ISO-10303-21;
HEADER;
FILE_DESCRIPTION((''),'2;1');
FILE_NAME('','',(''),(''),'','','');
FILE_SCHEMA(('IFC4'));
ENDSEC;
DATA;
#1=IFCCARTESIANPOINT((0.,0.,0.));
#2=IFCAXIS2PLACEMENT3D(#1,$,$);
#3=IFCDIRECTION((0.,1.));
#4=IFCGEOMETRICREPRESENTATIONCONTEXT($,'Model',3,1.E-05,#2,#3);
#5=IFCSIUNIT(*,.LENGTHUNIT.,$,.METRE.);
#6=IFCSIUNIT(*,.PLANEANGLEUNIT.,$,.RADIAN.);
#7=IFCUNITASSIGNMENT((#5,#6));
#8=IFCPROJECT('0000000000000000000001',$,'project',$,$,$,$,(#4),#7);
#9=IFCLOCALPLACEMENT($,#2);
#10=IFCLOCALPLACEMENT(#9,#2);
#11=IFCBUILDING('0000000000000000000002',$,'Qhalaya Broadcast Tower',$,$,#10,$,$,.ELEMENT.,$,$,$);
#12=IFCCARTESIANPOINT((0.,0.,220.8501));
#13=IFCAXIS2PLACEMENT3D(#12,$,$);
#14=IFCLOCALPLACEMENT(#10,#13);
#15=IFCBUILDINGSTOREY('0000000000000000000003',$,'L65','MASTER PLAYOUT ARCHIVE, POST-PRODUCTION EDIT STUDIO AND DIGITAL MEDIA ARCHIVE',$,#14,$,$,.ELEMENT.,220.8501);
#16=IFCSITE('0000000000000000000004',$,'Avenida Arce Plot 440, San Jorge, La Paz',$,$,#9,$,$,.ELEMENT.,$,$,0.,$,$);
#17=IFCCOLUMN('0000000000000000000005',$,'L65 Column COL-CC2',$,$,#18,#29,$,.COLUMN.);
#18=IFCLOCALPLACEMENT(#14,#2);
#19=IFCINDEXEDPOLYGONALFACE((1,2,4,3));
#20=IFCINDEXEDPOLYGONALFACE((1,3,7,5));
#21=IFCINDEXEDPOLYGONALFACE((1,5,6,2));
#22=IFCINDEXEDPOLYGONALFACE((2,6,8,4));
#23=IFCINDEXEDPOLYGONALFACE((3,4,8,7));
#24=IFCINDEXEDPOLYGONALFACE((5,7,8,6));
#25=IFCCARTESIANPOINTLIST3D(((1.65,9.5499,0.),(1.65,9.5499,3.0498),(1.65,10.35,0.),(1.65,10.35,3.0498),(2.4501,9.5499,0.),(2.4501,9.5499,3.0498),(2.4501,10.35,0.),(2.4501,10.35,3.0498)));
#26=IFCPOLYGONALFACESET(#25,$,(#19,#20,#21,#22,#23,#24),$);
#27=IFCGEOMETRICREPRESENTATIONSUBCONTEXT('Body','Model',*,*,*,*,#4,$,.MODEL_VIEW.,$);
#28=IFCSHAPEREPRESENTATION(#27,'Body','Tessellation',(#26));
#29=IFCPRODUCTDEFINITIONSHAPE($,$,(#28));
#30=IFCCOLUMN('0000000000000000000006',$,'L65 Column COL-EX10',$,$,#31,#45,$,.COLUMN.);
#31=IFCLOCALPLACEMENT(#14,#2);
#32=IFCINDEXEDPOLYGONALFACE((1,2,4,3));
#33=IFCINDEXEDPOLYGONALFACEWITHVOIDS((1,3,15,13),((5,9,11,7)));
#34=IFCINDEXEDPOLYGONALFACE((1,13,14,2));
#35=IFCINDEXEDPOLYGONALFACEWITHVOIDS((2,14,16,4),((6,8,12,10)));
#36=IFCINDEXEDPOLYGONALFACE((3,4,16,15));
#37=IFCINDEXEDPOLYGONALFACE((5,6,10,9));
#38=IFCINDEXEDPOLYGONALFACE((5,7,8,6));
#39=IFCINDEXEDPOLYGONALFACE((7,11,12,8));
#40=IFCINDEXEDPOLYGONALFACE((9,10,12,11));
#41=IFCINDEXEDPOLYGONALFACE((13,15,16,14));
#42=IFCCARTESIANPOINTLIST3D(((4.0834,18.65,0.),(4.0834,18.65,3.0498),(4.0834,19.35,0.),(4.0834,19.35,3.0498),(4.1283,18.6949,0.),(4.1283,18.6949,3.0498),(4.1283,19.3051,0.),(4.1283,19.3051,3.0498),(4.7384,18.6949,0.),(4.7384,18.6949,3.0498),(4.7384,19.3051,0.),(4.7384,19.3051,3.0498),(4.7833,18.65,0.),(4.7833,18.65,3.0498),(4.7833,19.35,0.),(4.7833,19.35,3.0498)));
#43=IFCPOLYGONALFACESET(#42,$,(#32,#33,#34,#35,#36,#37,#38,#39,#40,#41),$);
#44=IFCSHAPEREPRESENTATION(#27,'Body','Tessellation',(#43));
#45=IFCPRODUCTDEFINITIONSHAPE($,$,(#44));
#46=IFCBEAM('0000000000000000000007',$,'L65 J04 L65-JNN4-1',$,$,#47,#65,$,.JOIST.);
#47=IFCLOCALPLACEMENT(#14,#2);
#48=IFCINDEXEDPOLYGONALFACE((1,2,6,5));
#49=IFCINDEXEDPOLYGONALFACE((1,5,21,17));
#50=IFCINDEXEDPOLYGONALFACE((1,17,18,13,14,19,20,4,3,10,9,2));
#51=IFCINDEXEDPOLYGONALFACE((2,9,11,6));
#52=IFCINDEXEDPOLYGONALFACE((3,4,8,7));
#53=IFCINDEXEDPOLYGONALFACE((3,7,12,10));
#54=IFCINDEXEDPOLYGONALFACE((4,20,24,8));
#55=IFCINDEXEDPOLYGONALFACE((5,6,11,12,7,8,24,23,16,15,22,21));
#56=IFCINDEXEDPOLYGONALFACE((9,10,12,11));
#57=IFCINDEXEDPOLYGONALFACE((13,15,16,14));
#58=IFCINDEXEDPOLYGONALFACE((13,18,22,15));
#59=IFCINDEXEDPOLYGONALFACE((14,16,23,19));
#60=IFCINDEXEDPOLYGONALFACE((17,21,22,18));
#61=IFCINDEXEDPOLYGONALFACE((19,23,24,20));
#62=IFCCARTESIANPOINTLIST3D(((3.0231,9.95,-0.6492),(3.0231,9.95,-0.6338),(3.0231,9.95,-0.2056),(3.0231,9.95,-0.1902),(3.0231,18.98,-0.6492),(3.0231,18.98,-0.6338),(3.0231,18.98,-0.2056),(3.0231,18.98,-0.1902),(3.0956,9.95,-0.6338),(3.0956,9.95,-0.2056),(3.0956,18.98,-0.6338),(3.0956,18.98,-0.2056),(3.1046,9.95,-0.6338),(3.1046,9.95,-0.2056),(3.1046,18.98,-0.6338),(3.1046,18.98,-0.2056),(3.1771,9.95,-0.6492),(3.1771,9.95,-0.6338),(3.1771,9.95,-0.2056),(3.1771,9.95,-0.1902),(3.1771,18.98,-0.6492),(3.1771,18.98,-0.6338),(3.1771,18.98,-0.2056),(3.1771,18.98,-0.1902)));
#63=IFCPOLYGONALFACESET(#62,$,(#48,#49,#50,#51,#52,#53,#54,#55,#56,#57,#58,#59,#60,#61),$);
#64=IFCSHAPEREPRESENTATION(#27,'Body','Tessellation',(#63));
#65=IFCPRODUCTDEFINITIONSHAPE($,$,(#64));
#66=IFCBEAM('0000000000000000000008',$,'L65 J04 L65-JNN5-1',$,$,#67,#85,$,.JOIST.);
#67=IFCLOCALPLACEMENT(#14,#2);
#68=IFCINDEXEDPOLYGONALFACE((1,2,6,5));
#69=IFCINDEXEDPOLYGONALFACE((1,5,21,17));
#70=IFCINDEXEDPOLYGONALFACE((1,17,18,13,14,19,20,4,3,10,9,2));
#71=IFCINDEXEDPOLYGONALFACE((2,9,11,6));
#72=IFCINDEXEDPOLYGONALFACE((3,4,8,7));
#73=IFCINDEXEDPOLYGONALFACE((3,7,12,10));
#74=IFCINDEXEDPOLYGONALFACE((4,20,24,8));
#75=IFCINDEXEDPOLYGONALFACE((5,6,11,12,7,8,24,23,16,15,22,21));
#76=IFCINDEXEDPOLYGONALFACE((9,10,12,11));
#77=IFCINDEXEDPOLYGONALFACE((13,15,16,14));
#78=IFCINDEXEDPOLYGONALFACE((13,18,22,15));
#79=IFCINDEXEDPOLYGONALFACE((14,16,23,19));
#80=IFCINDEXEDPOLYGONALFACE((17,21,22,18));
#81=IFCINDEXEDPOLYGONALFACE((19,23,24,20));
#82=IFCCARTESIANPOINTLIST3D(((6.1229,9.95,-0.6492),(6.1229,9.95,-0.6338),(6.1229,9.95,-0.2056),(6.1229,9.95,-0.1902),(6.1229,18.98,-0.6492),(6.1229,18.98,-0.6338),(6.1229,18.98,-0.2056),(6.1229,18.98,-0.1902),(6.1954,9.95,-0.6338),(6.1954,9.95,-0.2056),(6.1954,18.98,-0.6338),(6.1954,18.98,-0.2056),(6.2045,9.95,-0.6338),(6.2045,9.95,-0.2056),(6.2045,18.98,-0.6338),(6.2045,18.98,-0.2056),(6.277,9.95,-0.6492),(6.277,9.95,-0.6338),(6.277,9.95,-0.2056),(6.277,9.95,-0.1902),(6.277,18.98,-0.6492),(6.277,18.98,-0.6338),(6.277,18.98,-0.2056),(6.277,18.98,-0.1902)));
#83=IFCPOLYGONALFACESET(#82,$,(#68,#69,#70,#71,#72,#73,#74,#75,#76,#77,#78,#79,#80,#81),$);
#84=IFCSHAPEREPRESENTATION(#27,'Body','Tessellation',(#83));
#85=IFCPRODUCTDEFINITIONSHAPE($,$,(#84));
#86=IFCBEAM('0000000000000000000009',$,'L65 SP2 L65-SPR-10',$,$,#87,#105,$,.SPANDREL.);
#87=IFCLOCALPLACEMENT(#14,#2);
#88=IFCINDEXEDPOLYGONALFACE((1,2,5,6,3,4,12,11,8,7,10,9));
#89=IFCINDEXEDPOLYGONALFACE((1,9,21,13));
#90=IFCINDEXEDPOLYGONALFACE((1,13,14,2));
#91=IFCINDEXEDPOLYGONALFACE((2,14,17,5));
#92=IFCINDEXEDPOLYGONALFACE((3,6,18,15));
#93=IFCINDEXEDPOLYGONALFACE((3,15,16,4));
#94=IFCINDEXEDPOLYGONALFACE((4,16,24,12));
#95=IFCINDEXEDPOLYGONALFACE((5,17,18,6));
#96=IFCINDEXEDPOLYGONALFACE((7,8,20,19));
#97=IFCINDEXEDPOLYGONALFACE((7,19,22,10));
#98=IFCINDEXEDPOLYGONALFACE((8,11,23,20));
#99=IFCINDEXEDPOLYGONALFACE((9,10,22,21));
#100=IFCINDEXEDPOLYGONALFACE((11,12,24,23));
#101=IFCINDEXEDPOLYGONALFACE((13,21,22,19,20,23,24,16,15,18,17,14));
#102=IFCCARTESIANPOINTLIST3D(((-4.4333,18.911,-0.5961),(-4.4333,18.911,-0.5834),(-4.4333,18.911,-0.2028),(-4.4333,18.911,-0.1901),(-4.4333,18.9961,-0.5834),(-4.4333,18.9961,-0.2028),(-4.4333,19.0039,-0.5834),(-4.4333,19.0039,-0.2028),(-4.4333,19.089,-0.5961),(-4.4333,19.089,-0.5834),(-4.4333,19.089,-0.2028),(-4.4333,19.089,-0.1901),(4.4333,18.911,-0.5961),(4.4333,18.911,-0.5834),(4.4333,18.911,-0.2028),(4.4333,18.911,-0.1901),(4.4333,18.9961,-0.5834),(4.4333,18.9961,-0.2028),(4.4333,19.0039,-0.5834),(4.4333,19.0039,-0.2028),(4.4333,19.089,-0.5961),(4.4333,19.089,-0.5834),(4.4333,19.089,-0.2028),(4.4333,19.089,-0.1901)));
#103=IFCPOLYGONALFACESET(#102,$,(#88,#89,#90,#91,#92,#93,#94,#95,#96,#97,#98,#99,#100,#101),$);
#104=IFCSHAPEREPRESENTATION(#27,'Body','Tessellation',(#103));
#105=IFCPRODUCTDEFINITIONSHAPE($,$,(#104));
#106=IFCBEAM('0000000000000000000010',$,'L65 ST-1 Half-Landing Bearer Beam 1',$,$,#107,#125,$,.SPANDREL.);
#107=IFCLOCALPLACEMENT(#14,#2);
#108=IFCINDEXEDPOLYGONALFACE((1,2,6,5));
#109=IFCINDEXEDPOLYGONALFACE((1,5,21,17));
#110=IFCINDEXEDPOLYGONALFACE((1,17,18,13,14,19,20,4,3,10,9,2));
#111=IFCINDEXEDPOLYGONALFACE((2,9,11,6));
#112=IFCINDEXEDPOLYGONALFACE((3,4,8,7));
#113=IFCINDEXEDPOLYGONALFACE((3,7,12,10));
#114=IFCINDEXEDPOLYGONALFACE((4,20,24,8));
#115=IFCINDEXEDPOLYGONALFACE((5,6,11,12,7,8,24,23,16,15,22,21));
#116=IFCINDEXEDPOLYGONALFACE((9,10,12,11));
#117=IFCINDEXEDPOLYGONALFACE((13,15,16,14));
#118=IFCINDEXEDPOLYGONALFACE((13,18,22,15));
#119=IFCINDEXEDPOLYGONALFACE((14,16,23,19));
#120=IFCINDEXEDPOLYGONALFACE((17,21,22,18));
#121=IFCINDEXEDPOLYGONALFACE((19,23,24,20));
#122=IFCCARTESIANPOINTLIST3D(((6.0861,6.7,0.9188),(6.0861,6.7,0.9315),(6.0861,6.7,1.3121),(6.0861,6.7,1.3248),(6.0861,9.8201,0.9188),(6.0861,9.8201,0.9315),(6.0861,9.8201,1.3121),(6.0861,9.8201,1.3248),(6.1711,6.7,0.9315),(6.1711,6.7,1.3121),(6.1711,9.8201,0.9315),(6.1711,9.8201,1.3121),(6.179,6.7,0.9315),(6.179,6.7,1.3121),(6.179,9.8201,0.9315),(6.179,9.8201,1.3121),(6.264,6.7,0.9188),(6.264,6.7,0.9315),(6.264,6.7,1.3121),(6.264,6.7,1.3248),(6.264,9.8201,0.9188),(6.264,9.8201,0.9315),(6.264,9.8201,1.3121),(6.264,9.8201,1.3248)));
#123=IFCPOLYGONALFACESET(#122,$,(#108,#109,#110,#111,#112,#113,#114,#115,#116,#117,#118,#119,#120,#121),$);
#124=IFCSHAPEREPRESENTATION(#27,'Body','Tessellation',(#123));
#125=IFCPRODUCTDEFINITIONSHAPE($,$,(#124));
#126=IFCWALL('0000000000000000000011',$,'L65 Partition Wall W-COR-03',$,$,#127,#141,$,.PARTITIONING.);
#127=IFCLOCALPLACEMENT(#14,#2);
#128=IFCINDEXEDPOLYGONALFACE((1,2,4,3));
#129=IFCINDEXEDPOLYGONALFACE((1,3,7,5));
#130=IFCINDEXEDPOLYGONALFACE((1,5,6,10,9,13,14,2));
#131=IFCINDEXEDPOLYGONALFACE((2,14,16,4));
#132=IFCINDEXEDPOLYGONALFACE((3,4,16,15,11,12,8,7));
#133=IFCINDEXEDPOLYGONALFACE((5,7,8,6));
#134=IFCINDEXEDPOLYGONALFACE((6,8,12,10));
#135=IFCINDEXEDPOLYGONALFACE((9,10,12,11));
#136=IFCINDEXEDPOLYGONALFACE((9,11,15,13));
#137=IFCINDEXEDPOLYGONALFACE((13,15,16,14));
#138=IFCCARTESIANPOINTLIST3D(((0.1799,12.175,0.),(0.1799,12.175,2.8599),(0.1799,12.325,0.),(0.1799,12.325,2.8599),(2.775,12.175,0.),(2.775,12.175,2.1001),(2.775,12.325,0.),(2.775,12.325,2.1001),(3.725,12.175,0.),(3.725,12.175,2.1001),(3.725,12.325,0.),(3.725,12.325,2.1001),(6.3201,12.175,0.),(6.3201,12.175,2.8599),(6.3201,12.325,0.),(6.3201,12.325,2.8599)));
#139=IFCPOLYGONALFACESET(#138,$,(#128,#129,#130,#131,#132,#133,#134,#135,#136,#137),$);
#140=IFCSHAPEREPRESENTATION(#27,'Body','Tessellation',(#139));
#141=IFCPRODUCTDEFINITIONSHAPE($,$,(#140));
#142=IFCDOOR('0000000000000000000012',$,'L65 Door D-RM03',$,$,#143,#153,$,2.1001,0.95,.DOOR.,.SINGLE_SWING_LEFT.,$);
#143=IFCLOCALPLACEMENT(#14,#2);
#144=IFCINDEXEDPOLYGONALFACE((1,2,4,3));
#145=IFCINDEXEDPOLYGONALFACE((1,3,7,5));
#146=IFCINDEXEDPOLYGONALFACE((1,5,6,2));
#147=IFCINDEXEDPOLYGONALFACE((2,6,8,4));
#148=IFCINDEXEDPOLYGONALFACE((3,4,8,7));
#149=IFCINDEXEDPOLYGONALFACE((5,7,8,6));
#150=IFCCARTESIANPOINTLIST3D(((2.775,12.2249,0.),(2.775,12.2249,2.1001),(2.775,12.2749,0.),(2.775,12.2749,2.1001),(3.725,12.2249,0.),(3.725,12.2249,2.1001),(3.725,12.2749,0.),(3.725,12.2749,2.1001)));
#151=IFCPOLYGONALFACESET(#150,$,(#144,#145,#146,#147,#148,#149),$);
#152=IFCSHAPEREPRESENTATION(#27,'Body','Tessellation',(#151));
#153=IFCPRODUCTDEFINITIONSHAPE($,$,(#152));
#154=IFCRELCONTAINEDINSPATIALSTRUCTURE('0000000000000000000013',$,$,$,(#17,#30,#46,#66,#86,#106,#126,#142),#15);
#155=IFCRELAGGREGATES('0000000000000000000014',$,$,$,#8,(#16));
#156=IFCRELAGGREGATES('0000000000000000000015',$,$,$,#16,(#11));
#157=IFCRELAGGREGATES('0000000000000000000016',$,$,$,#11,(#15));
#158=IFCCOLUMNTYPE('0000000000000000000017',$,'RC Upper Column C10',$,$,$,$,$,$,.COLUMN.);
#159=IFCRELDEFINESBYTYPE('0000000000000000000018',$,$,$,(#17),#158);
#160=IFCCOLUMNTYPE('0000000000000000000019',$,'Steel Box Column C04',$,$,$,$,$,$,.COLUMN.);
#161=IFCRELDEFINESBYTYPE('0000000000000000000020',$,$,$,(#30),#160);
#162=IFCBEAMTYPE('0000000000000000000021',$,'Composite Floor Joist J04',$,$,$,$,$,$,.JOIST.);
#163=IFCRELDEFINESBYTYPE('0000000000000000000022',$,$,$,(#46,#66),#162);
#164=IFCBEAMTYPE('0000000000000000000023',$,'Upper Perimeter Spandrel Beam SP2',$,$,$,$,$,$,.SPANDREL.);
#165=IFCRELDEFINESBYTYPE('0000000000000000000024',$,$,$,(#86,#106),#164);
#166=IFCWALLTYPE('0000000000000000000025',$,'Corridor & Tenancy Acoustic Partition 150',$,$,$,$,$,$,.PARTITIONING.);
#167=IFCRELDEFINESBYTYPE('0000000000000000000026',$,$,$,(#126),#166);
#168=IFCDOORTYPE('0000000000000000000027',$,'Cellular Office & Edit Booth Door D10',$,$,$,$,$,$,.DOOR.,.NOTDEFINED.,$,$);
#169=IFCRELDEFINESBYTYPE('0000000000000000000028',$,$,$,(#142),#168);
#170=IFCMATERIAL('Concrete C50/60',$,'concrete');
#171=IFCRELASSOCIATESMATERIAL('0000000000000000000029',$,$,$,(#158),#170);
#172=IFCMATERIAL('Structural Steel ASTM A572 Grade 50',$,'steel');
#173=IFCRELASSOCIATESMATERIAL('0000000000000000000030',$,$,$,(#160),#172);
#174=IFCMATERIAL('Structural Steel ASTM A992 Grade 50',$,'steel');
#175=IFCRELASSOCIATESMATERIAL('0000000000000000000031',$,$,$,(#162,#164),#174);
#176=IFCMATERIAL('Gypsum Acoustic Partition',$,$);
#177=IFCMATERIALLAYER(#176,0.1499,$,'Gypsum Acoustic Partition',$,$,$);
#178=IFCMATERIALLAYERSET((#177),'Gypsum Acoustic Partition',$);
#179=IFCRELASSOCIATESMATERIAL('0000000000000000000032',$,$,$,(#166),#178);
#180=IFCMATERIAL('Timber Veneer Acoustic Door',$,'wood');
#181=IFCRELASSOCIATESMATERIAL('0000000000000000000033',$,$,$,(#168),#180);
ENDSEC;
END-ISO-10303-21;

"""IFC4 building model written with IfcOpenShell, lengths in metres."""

from ifc_helpers import new_model, si_unit, direction, frame, frame_2d, origin, origin_2d, place, context, subcontext, project, spatial, rectangle, hollow_rectangle, i_section, extrude, material, layer, layer_set, material_profile, profile_set, type_object, element, fill, save


model = new_model("IFC4")

# Units and contexts
model_context = context("Model", 3, precision=1e-05, world=origin(), true_north=direction((0.0, 1.0)))
body_context = subcontext(model_context, "Body", "Model", "MODEL_VIEW")
ifc_project = project(units=[si_unit("LENGTHUNIT", "METRE"), si_unit("PLANEANGLEUNIT", "RADIAN")], contexts=[model_context])

# Site, building, storey
site_placement = place(None, origin())
site = spatial("IfcSite", under=ifc_project, at=site_placement, Name="Avenida Arce Plot 440, San Jorge, La Paz", CompositionType="ELEMENT", RefElevation=0.0)
building_placement = place(site_placement, origin())
building = spatial("IfcBuilding", under=site, at=building_placement, Name="Qhalaya Broadcast Tower", CompositionType="ELEMENT")
storey_placement = place(building_placement, frame((0.0, 0.0, 220.8501)))
storey = spatial("IfcBuildingStorey", under=building, at=storey_placement, Name="L65", Description="MASTER PLAYOUT ARCHIVE, POST-PRODUCTION EDIT STUDIO AND DIGITAL MEDIA ARCHIVE", CompositionType="ELEMENT", Elevation=220.8501)

# Columns
ifc_material_1 = material(Name="Concrete C50/60", Category="concrete")
ifc_material_profile_1 = material_profile(ifc_material_1, rectangle(XDim=0.8, YDim=0.8, at=origin_2d()), Name="RC-COL 800x800")
ifc_profile_set_1 = profile_set([ifc_material_profile_1], Name="Concrete C50/60")
column_type_1 = type_object("IfcColumnType", Name="RC Upper Column C10", PredefinedType="COLUMN", material=ifc_profile_set_1)
column_1_placement = place(storey_placement, frame((2.05, 9.95, 0.0), z_axis=(0.0, 0.0, 1.0), x_axis=(1.0, 0.0, 0.0)))
element("IfcColumn", 1, at=column_1_placement, inside=storey, type_object=column_type_1, Name="L65 Column COL-CC2", PredefinedType="COLUMN", context=body_context, shape_type="SweptSolid", body=[
    extrude(rectangle(XDim=0.8, YDim=0.8, at=origin_2d()), origin(), (0.0, 0.0, 1.0), 3.0498),
])
ifc_material_2 = material(Name="Structural Steel ASTM A572 Grade 50", Category="steel")
ifc_material_profile_2 = material_profile(ifc_material_2, hollow_rectangle(XDim=0.7, YDim=0.7, WallThickness=0.0449, at=origin_2d()), Name="BOX 700x700x45")
ifc_profile_set_2 = profile_set([ifc_material_profile_2], Name="Structural Steel ASTM A572 Grade 50")
column_type_2 = type_object("IfcColumnType", Name="Steel Box Column C04", PredefinedType="COLUMN", material=ifc_profile_set_2)
column_2_placement = place(storey_placement, frame((4.4333, 19.0, 0.0), z_axis=(0.0, 0.0, 1.0), x_axis=(1.0, 0.0, 0.0)))
element("IfcColumn", 2, at=column_2_placement, inside=storey, type_object=column_type_2, Name="L65 Column COL-EX10", PredefinedType="COLUMN", context=body_context, shape_type="SweptSolid", body=[
    extrude(hollow_rectangle(XDim=0.7, YDim=0.7, WallThickness=0.0449, at=origin_2d()), origin(), (0.0, 0.0, 1.0), 3.0498),
])

# Beams
ifc_material_3 = material(Name="Structural Steel ASTM A992 Grade 50", Category="steel")
ifc_material_profile_3 = material_profile(ifc_material_3, i_section(OverallWidth=0.1541, OverallDepth=0.459, WebThickness=0.009, FlangeThickness=0.0154, at=origin_2d()), Name="W18X46")
ifc_profile_set_3 = profile_set([ifc_material_profile_3], Name="Structural Steel ASTM A992 Grade 50")
beam_type_1 = type_object("IfcBeamType", Name="Composite Floor Joist J04", PredefinedType="JOIST", material=ifc_profile_set_3)
for number, where, z_axis, x_axis, name in (
    (3, (3.1001, 9.95, -0.4197), (0.0, 1.0, 0.0), (-1.0, 0.0, 0.0), "L65 J04 L65-JNN4-1"),
    (4, (6.2, 9.95, -0.4197), (0.0, 1.0, 0.0), (-1.0, 0.0, 0.0), "L65 J04 L65-JNN5-1"),
):
    element("IfcBeam", number, at=place(storey_placement, frame(where, z_axis=z_axis, x_axis=x_axis)), inside=storey, type_object=beam_type_1, Name=name, PredefinedType="JOIST", context=body_context, shape_type="SweptSolid", body=[
        extrude(i_section(OverallWidth=0.1541, OverallDepth=0.459, WebThickness=0.009, FlangeThickness=0.0154, at=origin_2d()), origin(), (0.0, 0.0, 1.0), 9.03),
    ])
ifc_material_profile_4 = material_profile(ifc_material_3, i_section(OverallWidth=0.178, OverallDepth=0.406, WebThickness=0.0078, FlangeThickness=0.0127, at=origin_2d()), Name="W16X40")
ifc_profile_set_4 = profile_set([ifc_material_profile_4], Name="Structural Steel ASTM A992 Grade 50")
beam_type_2 = type_object("IfcBeamType", Name="Upper Perimeter Spandrel Beam SP2", PredefinedType="SPANDREL", material=ifc_profile_set_4)
beam_1_placement = place(storey_placement, frame((4.4333, 19.0, -0.3931), z_axis=(-1.0, 0.0, 0.0), x_axis=(0.0, -1.0, 0.0)))
element("IfcBeam", 5, at=beam_1_placement, inside=storey, type_object=beam_type_2, Name="L65 SP2 L65-SPR-10", PredefinedType="SPANDREL", context=body_context, shape_type="SweptSolid", body=[
    extrude(i_section(OverallWidth=0.178, OverallDepth=0.406, WebThickness=0.0078, FlangeThickness=0.0127, at=origin_2d()), origin(), (0.0, 0.0, 1.0), 8.8667),
])
beam_2_placement = place(storey_placement, frame((6.175, 6.7, 1.1218), z_axis=(0.0, 1.0, 0.0), x_axis=(-1.0, 0.0, 0.0)))
element("IfcBeam", 6, at=beam_2_placement, inside=storey, type_object=beam_type_2, Name="L65 ST-1 Half-Landing Bearer Beam 1", PredefinedType="SPANDREL", context=body_context, shape_type="SweptSolid", body=[
    extrude(i_section(OverallWidth=0.178, OverallDepth=0.406, WebThickness=0.0078, FlangeThickness=0.0127, at=origin_2d()), origin(), (0.0, 0.0, 1.0), 3.1201),
])

# Wall, opening, door
ifc_material_4 = material(Name="Gypsum Acoustic Partition")
ifc_layer_1 = layer(ifc_material_4, 0.1499, Name="Gypsum Acoustic Partition")
ifc_layer_set_1 = layer_set([ifc_layer_1], Name="Gypsum Acoustic Partition")
wall_type_1 = type_object("IfcWallType", Name="Corridor & Tenancy Acoustic Partition 150", PredefinedType="PARTITIONING", material=ifc_layer_set_1)
wall_1_placement = place(storey_placement, frame((0.1799, 12.25, 0.0), z_axis=(0.0, 0.0, 1.0), x_axis=(1.0, 0.0, 0.0)))
wall_1 = element("IfcWall", 7, at=wall_1_placement, inside=storey, type_object=wall_type_1, Name="L65 Partition Wall W-COR-03", PredefinedType="PARTITIONING", context=body_context, shape_type="SweptSolid", body=[
    extrude(rectangle(XDim=6.1401, YDim=0.1499, at=frame_2d((3.0701, 0.0))), origin(), (0.0, 0.0, 1.0), 2.8599),
])
opening_1_placement = place(wall_1_placement, frame((2.595, 0.0, 0.0)))
opening_1 = element("IfcOpeningElement", 8, at=opening_1_placement, cuts=wall_1, PredefinedType="OPENING", context=body_context, shape_type="SweptSolid", body=[
    extrude(rectangle(XDim=0.95, YDim=2.1001, at=frame_2d((0.4751, 1.05))), frame((0.0, 0.0869, 0.0), z_axis=(0.0, -1.0, 0.0), x_axis=(1.0, 0.0, 0.0)), (0.0, 0.0, 1.0), 0.1738),
])
ifc_material_5 = material(Name="Timber Veneer Acoustic Door", Category="wood")
door_type_1 = type_object("IfcDoorType", Name="Cellular Office & Edit Booth Door D10", OperationType="NOTDEFINED", PredefinedType="DOOR", material=ifc_material_5)
door_1_placement = place(opening_1_placement, origin())
door_1 = element("IfcDoor", 9, at=door_1_placement, inside=storey, type_object=door_type_1, Name="L65 Door D-RM03", OperationType="SINGLE_SWING_LEFT", OverallHeight=2.1001, OverallWidth=0.95, PredefinedType="DOOR", context=body_context, shape_type="SweptSolid", body=[
    extrude(rectangle(XDim=0.95, YDim=2.1001, at=frame_2d((0.4751, 1.05))), frame((0.0, 0.0249, 0.0), z_axis=(0.0, -1.0, 0.0), x_axis=(1.0, 0.0, 0.0)), (0.0, 0.0, 1.0), 0.05),
])
fill(opening_1, door_1)

save(model, "model.ifc")
